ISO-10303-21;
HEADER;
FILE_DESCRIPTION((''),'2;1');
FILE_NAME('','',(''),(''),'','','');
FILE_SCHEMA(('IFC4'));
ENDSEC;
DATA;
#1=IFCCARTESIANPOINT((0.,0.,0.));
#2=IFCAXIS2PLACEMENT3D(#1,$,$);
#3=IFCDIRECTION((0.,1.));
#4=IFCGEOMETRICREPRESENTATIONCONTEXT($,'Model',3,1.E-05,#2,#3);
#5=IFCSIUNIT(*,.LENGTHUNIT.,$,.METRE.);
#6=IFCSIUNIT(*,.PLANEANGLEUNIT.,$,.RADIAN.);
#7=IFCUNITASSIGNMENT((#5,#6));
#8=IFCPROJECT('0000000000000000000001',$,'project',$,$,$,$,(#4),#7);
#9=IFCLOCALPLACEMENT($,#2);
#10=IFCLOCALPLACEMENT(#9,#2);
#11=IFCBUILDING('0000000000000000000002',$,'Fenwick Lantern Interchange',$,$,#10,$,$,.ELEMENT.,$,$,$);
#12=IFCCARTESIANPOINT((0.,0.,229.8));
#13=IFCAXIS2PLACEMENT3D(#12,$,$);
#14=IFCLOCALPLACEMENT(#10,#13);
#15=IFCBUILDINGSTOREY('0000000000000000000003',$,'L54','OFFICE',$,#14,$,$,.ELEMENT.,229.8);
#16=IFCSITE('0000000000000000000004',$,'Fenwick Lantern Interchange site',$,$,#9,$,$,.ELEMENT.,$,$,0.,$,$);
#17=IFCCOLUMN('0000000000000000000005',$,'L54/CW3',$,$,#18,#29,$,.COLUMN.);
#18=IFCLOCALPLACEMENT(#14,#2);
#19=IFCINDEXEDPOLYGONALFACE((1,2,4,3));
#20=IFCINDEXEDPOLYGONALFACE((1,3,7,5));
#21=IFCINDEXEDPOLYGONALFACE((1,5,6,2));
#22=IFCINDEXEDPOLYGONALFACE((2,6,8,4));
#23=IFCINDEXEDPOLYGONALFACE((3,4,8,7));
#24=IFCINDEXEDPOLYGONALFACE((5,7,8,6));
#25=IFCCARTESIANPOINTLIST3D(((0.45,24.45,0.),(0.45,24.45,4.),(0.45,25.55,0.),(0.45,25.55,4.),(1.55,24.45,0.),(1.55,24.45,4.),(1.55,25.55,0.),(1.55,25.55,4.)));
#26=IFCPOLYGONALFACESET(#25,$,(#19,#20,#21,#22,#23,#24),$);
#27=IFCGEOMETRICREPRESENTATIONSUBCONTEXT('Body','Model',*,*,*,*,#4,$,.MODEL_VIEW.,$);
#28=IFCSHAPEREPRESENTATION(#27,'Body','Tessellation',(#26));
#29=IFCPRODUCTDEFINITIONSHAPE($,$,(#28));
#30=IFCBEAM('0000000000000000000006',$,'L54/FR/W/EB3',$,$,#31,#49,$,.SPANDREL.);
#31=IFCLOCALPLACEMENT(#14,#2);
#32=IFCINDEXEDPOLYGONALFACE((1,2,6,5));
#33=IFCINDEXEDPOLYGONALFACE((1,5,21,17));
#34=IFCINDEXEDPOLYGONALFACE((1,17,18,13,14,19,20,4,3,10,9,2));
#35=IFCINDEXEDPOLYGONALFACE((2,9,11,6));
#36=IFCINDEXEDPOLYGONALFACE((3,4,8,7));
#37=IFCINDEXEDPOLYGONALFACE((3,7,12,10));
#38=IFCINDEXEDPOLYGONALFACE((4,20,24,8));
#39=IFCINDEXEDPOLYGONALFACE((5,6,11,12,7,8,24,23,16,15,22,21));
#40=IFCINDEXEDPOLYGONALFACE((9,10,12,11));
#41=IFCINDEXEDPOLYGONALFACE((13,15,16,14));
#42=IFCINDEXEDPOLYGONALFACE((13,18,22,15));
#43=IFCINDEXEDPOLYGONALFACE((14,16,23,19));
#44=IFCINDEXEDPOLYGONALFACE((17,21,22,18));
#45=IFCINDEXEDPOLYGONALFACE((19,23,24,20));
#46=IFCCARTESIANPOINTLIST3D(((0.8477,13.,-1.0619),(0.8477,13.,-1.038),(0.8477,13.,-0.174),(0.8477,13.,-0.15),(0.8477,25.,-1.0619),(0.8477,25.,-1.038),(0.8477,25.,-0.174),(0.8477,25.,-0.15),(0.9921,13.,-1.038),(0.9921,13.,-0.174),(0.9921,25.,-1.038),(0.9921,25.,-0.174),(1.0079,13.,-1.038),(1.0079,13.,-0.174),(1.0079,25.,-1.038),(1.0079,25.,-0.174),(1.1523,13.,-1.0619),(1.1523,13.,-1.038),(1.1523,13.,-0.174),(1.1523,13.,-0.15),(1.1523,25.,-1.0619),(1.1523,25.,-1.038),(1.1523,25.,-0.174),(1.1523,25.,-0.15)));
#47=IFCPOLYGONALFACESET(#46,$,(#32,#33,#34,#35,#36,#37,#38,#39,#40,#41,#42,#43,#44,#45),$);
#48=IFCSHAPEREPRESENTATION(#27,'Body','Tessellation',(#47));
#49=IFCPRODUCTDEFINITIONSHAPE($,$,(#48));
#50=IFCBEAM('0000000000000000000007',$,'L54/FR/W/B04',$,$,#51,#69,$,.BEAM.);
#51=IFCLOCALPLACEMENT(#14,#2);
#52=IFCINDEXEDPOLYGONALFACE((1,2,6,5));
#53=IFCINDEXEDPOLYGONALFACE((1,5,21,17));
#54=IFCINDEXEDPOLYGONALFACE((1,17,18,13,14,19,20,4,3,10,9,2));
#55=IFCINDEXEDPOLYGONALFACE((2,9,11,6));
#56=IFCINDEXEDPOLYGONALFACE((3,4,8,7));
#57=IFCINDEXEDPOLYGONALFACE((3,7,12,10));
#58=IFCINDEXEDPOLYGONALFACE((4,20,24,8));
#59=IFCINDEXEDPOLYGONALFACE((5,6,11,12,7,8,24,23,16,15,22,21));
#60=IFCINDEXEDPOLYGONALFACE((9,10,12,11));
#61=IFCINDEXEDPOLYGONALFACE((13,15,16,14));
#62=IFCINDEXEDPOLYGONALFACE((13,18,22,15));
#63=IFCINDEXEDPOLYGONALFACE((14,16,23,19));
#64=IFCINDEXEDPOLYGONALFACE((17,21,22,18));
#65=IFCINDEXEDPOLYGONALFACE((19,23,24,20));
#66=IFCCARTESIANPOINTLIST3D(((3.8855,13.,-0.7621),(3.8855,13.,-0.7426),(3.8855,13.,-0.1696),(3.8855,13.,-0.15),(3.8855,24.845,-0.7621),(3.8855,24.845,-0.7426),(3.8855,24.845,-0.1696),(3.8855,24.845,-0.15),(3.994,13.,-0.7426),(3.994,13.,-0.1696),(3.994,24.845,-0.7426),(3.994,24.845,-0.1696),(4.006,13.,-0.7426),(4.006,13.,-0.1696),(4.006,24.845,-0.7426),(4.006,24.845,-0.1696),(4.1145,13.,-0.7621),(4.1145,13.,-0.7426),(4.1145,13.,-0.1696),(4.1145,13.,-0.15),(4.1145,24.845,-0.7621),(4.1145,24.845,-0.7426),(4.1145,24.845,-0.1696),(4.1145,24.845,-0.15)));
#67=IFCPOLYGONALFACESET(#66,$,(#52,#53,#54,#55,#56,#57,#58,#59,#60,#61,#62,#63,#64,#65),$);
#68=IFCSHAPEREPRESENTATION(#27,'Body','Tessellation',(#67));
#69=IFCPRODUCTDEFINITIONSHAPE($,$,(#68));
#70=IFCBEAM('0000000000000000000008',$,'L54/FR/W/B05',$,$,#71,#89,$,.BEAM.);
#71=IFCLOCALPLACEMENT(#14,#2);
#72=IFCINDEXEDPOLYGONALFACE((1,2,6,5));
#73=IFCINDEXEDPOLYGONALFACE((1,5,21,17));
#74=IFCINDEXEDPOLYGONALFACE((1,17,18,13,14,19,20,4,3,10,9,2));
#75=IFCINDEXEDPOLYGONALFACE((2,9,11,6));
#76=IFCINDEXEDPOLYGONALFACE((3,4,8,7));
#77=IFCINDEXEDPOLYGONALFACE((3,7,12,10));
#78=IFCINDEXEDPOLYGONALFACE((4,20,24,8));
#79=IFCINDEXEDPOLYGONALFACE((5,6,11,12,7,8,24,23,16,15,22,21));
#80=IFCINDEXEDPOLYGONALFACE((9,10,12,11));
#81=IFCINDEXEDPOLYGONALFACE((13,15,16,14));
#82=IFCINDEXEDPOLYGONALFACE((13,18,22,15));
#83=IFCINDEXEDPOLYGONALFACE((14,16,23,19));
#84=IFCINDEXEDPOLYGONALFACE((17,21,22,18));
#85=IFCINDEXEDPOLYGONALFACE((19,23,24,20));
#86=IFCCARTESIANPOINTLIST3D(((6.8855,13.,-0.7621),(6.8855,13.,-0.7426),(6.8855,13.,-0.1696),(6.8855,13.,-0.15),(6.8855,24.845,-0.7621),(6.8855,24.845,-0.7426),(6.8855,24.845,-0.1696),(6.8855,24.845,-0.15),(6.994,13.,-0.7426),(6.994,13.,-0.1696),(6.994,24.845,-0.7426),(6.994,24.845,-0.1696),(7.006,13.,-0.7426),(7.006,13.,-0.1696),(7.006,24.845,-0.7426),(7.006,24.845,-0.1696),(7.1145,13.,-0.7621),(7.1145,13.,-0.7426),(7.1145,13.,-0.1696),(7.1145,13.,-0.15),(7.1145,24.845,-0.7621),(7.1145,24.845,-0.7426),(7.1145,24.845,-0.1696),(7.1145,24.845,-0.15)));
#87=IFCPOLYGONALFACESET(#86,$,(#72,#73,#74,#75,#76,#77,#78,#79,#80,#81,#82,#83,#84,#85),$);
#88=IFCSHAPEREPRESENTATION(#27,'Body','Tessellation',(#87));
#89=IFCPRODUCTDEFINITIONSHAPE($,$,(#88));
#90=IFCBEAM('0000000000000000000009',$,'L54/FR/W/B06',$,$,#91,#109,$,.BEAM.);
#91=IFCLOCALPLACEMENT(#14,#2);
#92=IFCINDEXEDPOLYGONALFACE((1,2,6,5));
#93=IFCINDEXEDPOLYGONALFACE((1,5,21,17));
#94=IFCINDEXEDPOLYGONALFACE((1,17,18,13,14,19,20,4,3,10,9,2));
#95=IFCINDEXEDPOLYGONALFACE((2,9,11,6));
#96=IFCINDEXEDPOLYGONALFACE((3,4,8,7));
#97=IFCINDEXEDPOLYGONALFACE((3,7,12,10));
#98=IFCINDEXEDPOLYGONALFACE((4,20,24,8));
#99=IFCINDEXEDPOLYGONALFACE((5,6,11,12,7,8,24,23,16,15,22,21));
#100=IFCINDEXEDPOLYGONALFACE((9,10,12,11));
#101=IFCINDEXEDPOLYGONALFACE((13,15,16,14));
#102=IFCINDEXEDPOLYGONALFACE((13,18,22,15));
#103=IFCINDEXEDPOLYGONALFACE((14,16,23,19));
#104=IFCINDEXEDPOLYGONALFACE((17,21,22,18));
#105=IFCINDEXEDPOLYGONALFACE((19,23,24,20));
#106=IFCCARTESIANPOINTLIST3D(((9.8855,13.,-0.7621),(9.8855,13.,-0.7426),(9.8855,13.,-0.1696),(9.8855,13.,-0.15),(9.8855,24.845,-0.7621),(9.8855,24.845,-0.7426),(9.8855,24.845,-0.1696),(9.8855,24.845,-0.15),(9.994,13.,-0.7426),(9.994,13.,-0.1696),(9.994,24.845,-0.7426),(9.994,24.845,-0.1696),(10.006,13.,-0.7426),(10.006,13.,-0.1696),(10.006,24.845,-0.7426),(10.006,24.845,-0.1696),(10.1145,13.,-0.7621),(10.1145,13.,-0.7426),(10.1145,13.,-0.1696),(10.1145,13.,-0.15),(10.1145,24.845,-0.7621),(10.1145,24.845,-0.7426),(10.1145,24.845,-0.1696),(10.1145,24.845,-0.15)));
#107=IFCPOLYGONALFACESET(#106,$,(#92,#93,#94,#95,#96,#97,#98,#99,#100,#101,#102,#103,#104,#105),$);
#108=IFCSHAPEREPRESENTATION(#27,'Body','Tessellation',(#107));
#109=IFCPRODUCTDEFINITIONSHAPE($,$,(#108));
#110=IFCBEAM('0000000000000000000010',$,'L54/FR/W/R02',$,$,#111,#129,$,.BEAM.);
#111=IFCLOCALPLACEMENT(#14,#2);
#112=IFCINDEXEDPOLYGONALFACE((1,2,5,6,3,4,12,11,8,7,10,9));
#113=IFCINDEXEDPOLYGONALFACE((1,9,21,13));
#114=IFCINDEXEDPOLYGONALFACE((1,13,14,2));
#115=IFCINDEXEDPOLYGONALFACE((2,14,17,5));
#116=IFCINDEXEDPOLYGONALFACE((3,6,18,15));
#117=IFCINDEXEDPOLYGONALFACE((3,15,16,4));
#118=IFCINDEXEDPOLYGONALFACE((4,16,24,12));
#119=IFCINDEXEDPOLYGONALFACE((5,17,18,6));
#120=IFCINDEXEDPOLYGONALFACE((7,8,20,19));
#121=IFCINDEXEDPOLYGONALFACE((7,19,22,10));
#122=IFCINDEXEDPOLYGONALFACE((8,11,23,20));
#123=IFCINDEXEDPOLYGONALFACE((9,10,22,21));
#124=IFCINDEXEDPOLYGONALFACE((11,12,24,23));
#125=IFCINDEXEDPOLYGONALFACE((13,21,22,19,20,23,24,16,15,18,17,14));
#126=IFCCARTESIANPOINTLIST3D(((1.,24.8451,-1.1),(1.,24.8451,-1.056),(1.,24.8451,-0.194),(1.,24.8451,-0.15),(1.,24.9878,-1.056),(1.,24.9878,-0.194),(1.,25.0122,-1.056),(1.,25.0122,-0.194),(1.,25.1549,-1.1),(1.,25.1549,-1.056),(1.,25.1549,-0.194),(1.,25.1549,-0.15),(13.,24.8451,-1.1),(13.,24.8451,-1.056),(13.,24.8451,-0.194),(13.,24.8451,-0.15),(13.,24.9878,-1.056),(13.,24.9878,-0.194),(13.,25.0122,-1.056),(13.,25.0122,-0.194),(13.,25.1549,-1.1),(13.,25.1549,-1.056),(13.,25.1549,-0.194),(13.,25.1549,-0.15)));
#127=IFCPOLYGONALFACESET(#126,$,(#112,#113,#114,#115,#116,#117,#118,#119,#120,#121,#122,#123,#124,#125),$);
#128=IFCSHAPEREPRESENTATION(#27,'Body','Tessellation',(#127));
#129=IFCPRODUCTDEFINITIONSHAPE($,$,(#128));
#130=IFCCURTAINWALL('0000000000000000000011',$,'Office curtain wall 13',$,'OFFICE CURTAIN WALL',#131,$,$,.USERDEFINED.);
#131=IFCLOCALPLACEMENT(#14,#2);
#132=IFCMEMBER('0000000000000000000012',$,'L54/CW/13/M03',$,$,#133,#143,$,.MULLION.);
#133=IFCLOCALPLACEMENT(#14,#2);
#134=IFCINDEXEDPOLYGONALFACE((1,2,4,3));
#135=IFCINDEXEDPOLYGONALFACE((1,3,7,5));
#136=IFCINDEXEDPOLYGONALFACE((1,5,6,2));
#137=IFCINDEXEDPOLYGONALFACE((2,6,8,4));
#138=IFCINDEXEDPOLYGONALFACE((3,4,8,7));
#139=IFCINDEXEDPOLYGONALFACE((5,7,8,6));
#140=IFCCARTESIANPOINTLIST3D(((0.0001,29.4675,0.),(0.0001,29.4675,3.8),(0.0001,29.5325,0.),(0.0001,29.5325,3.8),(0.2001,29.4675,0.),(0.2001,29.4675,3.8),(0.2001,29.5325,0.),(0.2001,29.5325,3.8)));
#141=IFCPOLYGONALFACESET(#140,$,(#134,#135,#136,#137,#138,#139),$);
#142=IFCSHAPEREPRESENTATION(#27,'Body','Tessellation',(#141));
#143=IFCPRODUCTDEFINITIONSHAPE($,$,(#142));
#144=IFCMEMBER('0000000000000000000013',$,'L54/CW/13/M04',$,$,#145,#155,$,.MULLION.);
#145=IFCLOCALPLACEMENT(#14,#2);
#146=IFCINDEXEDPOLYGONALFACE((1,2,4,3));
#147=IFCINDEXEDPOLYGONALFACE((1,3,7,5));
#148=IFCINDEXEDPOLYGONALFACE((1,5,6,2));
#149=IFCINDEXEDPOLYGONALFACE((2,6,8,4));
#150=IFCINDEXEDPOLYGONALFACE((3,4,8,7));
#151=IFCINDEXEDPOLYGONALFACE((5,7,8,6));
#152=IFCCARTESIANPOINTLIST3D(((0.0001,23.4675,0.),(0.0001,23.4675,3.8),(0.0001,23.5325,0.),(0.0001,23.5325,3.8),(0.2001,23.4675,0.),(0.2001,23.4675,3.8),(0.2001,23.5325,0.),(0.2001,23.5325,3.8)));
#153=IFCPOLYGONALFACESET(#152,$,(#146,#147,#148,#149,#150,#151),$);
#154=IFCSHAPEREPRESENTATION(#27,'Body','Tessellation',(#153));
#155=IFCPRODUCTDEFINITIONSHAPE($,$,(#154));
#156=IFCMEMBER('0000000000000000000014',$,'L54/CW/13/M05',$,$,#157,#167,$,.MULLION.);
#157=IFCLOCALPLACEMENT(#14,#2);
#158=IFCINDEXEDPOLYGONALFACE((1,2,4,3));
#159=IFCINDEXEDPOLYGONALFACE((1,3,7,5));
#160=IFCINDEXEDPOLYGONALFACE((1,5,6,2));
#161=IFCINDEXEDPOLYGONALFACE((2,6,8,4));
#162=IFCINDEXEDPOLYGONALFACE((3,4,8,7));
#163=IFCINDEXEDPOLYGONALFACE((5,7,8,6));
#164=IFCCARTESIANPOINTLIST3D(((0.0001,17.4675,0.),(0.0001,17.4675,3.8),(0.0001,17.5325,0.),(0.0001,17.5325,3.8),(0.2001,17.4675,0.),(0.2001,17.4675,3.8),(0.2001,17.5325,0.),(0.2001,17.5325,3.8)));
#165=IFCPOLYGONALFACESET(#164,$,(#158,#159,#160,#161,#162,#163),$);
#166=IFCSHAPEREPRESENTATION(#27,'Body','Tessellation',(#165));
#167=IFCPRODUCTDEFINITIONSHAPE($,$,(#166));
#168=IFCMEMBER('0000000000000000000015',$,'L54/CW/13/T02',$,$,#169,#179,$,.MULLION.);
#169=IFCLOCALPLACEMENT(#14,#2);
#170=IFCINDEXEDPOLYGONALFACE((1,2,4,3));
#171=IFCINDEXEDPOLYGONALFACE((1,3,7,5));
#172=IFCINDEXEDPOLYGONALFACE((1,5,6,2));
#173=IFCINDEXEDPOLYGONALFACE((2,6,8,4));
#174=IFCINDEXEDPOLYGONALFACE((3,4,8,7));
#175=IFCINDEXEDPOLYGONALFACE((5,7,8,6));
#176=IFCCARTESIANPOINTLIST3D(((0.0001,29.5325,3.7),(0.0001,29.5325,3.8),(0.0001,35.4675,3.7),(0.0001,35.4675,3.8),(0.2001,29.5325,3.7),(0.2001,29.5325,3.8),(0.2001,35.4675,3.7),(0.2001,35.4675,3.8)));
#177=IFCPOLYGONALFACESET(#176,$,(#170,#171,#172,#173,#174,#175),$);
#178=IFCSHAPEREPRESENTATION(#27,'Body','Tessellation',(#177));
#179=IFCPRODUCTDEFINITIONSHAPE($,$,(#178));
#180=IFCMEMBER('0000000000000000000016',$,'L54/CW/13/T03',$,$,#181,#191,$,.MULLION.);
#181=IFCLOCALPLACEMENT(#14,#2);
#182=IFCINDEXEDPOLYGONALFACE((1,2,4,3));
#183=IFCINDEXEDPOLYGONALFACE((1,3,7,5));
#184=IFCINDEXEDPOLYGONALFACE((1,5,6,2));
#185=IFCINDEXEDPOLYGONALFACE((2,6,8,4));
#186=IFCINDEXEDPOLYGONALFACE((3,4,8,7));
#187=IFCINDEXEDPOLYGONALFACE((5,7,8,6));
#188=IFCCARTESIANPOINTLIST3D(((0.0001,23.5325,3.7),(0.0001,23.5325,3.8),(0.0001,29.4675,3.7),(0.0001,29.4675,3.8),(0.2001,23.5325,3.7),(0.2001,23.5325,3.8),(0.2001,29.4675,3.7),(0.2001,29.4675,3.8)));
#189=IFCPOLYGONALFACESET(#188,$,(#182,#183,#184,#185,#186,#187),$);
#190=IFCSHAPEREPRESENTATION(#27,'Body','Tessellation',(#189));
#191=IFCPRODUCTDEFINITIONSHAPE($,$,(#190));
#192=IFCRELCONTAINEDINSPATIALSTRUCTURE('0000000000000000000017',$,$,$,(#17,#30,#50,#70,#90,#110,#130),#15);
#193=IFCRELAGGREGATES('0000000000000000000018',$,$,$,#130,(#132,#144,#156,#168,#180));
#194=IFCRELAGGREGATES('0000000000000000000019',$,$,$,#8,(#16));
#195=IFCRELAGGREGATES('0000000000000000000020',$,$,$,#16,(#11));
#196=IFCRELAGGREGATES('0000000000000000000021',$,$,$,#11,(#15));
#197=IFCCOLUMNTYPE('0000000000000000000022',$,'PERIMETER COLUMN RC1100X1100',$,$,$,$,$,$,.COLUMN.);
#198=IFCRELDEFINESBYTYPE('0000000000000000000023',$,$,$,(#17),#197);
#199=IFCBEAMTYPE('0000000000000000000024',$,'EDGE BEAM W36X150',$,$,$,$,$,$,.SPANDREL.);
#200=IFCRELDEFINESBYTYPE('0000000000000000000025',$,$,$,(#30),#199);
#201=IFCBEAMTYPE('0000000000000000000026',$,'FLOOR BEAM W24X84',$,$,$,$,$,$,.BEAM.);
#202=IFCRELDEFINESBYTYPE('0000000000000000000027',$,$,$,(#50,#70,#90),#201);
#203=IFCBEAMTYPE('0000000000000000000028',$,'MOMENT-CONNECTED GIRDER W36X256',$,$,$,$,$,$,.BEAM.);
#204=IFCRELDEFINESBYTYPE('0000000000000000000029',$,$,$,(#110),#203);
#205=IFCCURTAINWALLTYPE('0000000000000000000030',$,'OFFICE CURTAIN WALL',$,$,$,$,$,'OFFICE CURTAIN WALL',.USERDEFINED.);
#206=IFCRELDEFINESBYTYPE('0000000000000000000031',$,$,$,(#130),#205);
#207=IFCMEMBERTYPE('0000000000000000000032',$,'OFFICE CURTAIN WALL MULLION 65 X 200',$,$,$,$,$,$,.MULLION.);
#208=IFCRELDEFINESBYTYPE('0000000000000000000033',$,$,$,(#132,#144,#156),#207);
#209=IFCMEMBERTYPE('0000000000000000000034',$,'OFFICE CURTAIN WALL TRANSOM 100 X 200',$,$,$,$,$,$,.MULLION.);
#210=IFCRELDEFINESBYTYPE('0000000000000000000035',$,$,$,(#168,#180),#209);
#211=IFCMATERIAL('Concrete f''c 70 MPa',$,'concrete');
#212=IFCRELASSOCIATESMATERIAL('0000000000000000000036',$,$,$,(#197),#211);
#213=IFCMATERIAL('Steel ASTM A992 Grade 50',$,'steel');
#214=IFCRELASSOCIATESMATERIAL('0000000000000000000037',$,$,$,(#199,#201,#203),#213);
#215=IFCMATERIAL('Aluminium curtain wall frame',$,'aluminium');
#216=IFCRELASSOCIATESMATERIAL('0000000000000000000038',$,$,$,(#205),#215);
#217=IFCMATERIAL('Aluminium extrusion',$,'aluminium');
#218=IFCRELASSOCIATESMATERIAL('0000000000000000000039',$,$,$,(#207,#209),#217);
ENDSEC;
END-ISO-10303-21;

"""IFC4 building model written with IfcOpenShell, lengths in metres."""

from ifc_helpers import new_model, si_unit, direction, frame, origin, origin_2d, place, context, subcontext, project, spatial, rectangle, i_section, extrude, material, material_profile, profile_set, type_object, element, aggregate, save


model = new_model("IFC4")

# Units and contexts
model_context = context("Model", 3, precision=1e-05, world=origin(), true_north=direction((0.0, 1.0)))
body_context = subcontext(model_context, "Body", "Model", "MODEL_VIEW")
ifc_project = project(units=[si_unit("LENGTHUNIT", "METRE"), si_unit("PLANEANGLEUNIT", "RADIAN")], contexts=[model_context])

# Site, building, storey
site_placement = place(None, origin())
site = spatial("IfcSite", under=ifc_project, at=site_placement, Name="Fenwick Lantern Interchange site", CompositionType="ELEMENT", RefElevation=0.0)
building_placement = place(site_placement, origin())
building = spatial("IfcBuilding", under=site, at=building_placement, Name="Fenwick Lantern Interchange", CompositionType="ELEMENT")
storey_placement = place(building_placement, frame((0.0, 0.0, 229.8)))
storey = spatial("IfcBuildingStorey", under=building, at=storey_placement, Name="L54", Description="OFFICE", CompositionType="ELEMENT", Elevation=229.8)

# Column
ifc_material_1 = material(Name="Concrete f'c 70 MPa", Category="concrete")
ifc_material_profile_1 = material_profile(ifc_material_1, rectangle(XDim=1.1001, YDim=1.1001, at=origin_2d()), Name="RC1100X1100")
ifc_profile_set_1 = profile_set([ifc_material_profile_1], Name="Concrete f'c 70 MPa")
column_type = type_object("IfcColumnType", Name="PERIMETER COLUMN RC1100X1100", PredefinedType="COLUMN", material=ifc_profile_set_1)
column_placement = place(storey_placement, frame((1.0, 25.0, 0.0), z_axis=(0.0, 0.0, 1.0), x_axis=(1.0, 0.0, 0.0)))
element("IfcColumn", 1, at=column_placement, inside=storey, type_object=column_type, Name="L54/CW3", PredefinedType="COLUMN", context=body_context, shape_type="SweptSolid", body=[
    extrude(rectangle(XDim=1.1001, YDim=1.1001, at=origin_2d()), origin(), (0.0, 0.0, 1.0), 4.0),
])

# Beams
ifc_material_2 = material(Name="Steel ASTM A992 Grade 50", Category="steel")
ifc_material_profile_2 = material_profile(ifc_material_2, i_section(OverallWidth=0.3047, OverallDepth=0.9119, WebThickness=0.0159, FlangeThickness=0.0239, at=origin_2d()), Name="W36X150")
ifc_profile_set_2 = profile_set([ifc_material_profile_2], Name="Steel ASTM A992 Grade 50")
beam_type_1 = type_object("IfcBeamType", Name="EDGE BEAM W36X150", PredefinedType="SPANDREL", material=ifc_profile_set_2)
beam_1_placement = place(storey_placement, frame((1.0, 25.0, -0.606), z_axis=(0.0, -1.0, 0.0), x_axis=(1.0, 0.0, 0.0)))
element("IfcBeam", 2, at=beam_1_placement, inside=storey, type_object=beam_type_1, Name="L54/FR/W/EB3", PredefinedType="SPANDREL", context=body_context, shape_type="SweptSolid", body=[
    extrude(i_section(OverallWidth=0.3047, OverallDepth=0.9119, WebThickness=0.0159, FlangeThickness=0.0239, at=origin_2d()), origin(), (0.0, 0.0, 1.0), 12.0),
])
ifc_material_profile_3 = material_profile(ifc_material_2, i_section(OverallWidth=0.229, OverallDepth=0.6121, WebThickness=0.012, FlangeThickness=0.0195, at=origin_2d()), Name="W24X84")
ifc_profile_set_3 = profile_set([ifc_material_profile_3], Name="Steel ASTM A992 Grade 50")
beam_type_2 = type_object("IfcBeamType", Name="FLOOR BEAM W24X84", PredefinedType="BEAM", material=ifc_profile_set_3)
for number, where, z_axis, x_axis, name in (
    (3, (4.0, 24.845, -0.4561), (0.0, -1.0, 0.0), (1.0, 0.0, 0.0), "L54/FR/W/B04"),
    (4, (7.0, 24.845, -0.4561), (0.0, -1.0, 0.0), (1.0, 0.0, 0.0), "L54/FR/W/B05"),
    (5, (10.0, 24.845, -0.4561), (0.0, -1.0, 0.0), (1.0, 0.0, 0.0), "L54/FR/W/B06"),
):
    element("IfcBeam", number, at=place(storey_placement, frame(where, z_axis=z_axis, x_axis=x_axis)), inside=storey, type_object=beam_type_2, Name=name, PredefinedType="BEAM", context=body_context, shape_type="SweptSolid", body=[
        extrude(i_section(OverallWidth=0.229, OverallDepth=0.6121, WebThickness=0.012, FlangeThickness=0.0195, at=origin_2d()), origin(), (0.0, 0.0, 1.0), 11.845),
    ])
ifc_material_profile_4 = material_profile(ifc_material_2, i_section(OverallWidth=0.3098, OverallDepth=0.95, WebThickness=0.0244, FlangeThickness=0.0439, at=origin_2d()), Name="W36X256")
ifc_profile_set_4 = profile_set([ifc_material_profile_4], Name="Steel ASTM A992 Grade 50")
beam_type_3 = type_object("IfcBeamType", Name="MOMENT-CONNECTED GIRDER W36X256", PredefinedType="BEAM", material=ifc_profile_set_4)
beam_2_placement = place(storey_placement, frame((1.0, 25.0, -0.625), z_axis=(1.0, 0.0, 0.0), x_axis=(0.0, 1.0, 0.0)))
element("IfcBeam", 6, at=beam_2_placement, inside=storey, type_object=beam_type_3, Name="L54/FR/W/R02", PredefinedType="BEAM", context=body_context, shape_type="SweptSolid", body=[
    extrude(i_section(OverallWidth=0.3098, OverallDepth=0.95, WebThickness=0.0244, FlangeThickness=0.0439, at=origin_2d()), origin(), (0.0, 0.0, 1.0), 12.0),
])

# Curtain wall, members
ifc_material_3 = material(Name="Aluminium curtain wall frame", Category="aluminium")
curtain_wall_type = type_object("IfcCurtainWallType", Name="OFFICE CURTAIN WALL", ElementType="OFFICE CURTAIN WALL", PredefinedType="USERDEFINED", material=ifc_material_3)
curtain_wall_placement = place(storey_placement, origin())
curtain_wall = element("IfcCurtainWall", 7, at=curtain_wall_placement, inside=storey, type_object=curtain_wall_type, Name="Office curtain wall 13", ObjectType="OFFICE CURTAIN WALL", PredefinedType="USERDEFINED")
ifc_material_4 = material(Name="Aluminium extrusion", Category="aluminium")
ifc_material_profile_5 = material_profile(ifc_material_4, rectangle(XDim=0.2, YDim=0.0649, at=origin_2d()), Name="OFFICE CURTAIN WALL MULLION 65 X 200")
ifc_profile_set_5 = profile_set([ifc_material_profile_5], Name="Aluminium extrusion")
member_type_1 = type_object("IfcMemberType", Name="OFFICE CURTAIN WALL MULLION 65 X 200", PredefinedType="MULLION", material=ifc_profile_set_5)
member_1_placement = place(storey_placement, frame((0.1001, 29.5, 0.0), z_axis=(0.0, 0.0, 1.0), x_axis=(1.0, 0.0, 0.0)))
member_1 = element("IfcMember", 8, at=member_1_placement, type_object=member_type_1, Name="L54/CW/13/M03", PredefinedType="MULLION", context=body_context, shape_type="SweptSolid", body=[
    extrude(rectangle(XDim=0.2, YDim=0.0649, at=origin_2d()), origin(), (0.0, 0.0, 1.0), 3.8),
])
member_2_placement = place(storey_placement, frame((0.1001, 23.5, 0.0), z_axis=(0.0, 0.0, 1.0), x_axis=(1.0, 0.0, 0.0)))
member_2 = element("IfcMember", 9, at=member_2_placement, type_object=member_type_1, Name="L54/CW/13/M04", PredefinedType="MULLION", context=body_context, shape_type="SweptSolid", body=[
    extrude(rectangle(XDim=0.2, YDim=0.0649, at=origin_2d()), origin(), (0.0, 0.0, 1.0), 3.8),
])
member_3_placement = place(storey_placement, frame((0.1001, 17.5, 0.0), z_axis=(0.0, 0.0, 1.0), x_axis=(1.0, 0.0, 0.0)))
member_3 = element("IfcMember", 10, at=member_3_placement, type_object=member_type_1, Name="L54/CW/13/M05", PredefinedType="MULLION", context=body_context, shape_type="SweptSolid", body=[
    extrude(rectangle(XDim=0.2, YDim=0.0649, at=origin_2d()), origin(), (0.0, 0.0, 1.0), 3.8),
])
ifc_material_profile_6 = material_profile(ifc_material_4, rectangle(XDim=0.2, YDim=0.1001, at=origin_2d()), Name="OFFICE CURTAIN WALL TRANSOM 100 X 200")
ifc_profile_set_6 = profile_set([ifc_material_profile_6], Name="Aluminium extrusion")
member_type_2 = type_object("IfcMemberType", Name="OFFICE CURTAIN WALL TRANSOM 100 X 200", PredefinedType="MULLION", material=ifc_profile_set_6)
member_4_placement = place(storey_placement, frame((0.1001, 35.4675, 3.75), z_axis=(0.0, -1.0, 0.0), x_axis=(1.0, 0.0, 0.0)))
member_4 = element("IfcMember", 11, at=member_4_placement, type_object=member_type_2, Name="L54/CW/13/T02", PredefinedType="MULLION", context=body_context, shape_type="SweptSolid", body=[
    extrude(rectangle(XDim=0.2, YDim=0.1001, at=origin_2d()), origin(), (0.0, 0.0, 1.0), 5.9351),
])
member_5_placement = place(storey_placement, frame((0.1001, 29.4675, 3.75), z_axis=(0.0, -1.0, 0.0), x_axis=(1.0, 0.0, 0.0)))
member_5 = element("IfcMember", 12, at=member_5_placement, type_object=member_type_2, Name="L54/CW/13/T03", PredefinedType="MULLION", context=body_context, shape_type="SweptSolid", body=[
    extrude(rectangle(XDim=0.2, YDim=0.1001, at=origin_2d()), origin(), (0.0, 0.0, 1.0), 5.9351),
])
aggregate(curtain_wall, [member_1, member_2, member_3, member_4, member_5])

save(model, "model.ifc")
